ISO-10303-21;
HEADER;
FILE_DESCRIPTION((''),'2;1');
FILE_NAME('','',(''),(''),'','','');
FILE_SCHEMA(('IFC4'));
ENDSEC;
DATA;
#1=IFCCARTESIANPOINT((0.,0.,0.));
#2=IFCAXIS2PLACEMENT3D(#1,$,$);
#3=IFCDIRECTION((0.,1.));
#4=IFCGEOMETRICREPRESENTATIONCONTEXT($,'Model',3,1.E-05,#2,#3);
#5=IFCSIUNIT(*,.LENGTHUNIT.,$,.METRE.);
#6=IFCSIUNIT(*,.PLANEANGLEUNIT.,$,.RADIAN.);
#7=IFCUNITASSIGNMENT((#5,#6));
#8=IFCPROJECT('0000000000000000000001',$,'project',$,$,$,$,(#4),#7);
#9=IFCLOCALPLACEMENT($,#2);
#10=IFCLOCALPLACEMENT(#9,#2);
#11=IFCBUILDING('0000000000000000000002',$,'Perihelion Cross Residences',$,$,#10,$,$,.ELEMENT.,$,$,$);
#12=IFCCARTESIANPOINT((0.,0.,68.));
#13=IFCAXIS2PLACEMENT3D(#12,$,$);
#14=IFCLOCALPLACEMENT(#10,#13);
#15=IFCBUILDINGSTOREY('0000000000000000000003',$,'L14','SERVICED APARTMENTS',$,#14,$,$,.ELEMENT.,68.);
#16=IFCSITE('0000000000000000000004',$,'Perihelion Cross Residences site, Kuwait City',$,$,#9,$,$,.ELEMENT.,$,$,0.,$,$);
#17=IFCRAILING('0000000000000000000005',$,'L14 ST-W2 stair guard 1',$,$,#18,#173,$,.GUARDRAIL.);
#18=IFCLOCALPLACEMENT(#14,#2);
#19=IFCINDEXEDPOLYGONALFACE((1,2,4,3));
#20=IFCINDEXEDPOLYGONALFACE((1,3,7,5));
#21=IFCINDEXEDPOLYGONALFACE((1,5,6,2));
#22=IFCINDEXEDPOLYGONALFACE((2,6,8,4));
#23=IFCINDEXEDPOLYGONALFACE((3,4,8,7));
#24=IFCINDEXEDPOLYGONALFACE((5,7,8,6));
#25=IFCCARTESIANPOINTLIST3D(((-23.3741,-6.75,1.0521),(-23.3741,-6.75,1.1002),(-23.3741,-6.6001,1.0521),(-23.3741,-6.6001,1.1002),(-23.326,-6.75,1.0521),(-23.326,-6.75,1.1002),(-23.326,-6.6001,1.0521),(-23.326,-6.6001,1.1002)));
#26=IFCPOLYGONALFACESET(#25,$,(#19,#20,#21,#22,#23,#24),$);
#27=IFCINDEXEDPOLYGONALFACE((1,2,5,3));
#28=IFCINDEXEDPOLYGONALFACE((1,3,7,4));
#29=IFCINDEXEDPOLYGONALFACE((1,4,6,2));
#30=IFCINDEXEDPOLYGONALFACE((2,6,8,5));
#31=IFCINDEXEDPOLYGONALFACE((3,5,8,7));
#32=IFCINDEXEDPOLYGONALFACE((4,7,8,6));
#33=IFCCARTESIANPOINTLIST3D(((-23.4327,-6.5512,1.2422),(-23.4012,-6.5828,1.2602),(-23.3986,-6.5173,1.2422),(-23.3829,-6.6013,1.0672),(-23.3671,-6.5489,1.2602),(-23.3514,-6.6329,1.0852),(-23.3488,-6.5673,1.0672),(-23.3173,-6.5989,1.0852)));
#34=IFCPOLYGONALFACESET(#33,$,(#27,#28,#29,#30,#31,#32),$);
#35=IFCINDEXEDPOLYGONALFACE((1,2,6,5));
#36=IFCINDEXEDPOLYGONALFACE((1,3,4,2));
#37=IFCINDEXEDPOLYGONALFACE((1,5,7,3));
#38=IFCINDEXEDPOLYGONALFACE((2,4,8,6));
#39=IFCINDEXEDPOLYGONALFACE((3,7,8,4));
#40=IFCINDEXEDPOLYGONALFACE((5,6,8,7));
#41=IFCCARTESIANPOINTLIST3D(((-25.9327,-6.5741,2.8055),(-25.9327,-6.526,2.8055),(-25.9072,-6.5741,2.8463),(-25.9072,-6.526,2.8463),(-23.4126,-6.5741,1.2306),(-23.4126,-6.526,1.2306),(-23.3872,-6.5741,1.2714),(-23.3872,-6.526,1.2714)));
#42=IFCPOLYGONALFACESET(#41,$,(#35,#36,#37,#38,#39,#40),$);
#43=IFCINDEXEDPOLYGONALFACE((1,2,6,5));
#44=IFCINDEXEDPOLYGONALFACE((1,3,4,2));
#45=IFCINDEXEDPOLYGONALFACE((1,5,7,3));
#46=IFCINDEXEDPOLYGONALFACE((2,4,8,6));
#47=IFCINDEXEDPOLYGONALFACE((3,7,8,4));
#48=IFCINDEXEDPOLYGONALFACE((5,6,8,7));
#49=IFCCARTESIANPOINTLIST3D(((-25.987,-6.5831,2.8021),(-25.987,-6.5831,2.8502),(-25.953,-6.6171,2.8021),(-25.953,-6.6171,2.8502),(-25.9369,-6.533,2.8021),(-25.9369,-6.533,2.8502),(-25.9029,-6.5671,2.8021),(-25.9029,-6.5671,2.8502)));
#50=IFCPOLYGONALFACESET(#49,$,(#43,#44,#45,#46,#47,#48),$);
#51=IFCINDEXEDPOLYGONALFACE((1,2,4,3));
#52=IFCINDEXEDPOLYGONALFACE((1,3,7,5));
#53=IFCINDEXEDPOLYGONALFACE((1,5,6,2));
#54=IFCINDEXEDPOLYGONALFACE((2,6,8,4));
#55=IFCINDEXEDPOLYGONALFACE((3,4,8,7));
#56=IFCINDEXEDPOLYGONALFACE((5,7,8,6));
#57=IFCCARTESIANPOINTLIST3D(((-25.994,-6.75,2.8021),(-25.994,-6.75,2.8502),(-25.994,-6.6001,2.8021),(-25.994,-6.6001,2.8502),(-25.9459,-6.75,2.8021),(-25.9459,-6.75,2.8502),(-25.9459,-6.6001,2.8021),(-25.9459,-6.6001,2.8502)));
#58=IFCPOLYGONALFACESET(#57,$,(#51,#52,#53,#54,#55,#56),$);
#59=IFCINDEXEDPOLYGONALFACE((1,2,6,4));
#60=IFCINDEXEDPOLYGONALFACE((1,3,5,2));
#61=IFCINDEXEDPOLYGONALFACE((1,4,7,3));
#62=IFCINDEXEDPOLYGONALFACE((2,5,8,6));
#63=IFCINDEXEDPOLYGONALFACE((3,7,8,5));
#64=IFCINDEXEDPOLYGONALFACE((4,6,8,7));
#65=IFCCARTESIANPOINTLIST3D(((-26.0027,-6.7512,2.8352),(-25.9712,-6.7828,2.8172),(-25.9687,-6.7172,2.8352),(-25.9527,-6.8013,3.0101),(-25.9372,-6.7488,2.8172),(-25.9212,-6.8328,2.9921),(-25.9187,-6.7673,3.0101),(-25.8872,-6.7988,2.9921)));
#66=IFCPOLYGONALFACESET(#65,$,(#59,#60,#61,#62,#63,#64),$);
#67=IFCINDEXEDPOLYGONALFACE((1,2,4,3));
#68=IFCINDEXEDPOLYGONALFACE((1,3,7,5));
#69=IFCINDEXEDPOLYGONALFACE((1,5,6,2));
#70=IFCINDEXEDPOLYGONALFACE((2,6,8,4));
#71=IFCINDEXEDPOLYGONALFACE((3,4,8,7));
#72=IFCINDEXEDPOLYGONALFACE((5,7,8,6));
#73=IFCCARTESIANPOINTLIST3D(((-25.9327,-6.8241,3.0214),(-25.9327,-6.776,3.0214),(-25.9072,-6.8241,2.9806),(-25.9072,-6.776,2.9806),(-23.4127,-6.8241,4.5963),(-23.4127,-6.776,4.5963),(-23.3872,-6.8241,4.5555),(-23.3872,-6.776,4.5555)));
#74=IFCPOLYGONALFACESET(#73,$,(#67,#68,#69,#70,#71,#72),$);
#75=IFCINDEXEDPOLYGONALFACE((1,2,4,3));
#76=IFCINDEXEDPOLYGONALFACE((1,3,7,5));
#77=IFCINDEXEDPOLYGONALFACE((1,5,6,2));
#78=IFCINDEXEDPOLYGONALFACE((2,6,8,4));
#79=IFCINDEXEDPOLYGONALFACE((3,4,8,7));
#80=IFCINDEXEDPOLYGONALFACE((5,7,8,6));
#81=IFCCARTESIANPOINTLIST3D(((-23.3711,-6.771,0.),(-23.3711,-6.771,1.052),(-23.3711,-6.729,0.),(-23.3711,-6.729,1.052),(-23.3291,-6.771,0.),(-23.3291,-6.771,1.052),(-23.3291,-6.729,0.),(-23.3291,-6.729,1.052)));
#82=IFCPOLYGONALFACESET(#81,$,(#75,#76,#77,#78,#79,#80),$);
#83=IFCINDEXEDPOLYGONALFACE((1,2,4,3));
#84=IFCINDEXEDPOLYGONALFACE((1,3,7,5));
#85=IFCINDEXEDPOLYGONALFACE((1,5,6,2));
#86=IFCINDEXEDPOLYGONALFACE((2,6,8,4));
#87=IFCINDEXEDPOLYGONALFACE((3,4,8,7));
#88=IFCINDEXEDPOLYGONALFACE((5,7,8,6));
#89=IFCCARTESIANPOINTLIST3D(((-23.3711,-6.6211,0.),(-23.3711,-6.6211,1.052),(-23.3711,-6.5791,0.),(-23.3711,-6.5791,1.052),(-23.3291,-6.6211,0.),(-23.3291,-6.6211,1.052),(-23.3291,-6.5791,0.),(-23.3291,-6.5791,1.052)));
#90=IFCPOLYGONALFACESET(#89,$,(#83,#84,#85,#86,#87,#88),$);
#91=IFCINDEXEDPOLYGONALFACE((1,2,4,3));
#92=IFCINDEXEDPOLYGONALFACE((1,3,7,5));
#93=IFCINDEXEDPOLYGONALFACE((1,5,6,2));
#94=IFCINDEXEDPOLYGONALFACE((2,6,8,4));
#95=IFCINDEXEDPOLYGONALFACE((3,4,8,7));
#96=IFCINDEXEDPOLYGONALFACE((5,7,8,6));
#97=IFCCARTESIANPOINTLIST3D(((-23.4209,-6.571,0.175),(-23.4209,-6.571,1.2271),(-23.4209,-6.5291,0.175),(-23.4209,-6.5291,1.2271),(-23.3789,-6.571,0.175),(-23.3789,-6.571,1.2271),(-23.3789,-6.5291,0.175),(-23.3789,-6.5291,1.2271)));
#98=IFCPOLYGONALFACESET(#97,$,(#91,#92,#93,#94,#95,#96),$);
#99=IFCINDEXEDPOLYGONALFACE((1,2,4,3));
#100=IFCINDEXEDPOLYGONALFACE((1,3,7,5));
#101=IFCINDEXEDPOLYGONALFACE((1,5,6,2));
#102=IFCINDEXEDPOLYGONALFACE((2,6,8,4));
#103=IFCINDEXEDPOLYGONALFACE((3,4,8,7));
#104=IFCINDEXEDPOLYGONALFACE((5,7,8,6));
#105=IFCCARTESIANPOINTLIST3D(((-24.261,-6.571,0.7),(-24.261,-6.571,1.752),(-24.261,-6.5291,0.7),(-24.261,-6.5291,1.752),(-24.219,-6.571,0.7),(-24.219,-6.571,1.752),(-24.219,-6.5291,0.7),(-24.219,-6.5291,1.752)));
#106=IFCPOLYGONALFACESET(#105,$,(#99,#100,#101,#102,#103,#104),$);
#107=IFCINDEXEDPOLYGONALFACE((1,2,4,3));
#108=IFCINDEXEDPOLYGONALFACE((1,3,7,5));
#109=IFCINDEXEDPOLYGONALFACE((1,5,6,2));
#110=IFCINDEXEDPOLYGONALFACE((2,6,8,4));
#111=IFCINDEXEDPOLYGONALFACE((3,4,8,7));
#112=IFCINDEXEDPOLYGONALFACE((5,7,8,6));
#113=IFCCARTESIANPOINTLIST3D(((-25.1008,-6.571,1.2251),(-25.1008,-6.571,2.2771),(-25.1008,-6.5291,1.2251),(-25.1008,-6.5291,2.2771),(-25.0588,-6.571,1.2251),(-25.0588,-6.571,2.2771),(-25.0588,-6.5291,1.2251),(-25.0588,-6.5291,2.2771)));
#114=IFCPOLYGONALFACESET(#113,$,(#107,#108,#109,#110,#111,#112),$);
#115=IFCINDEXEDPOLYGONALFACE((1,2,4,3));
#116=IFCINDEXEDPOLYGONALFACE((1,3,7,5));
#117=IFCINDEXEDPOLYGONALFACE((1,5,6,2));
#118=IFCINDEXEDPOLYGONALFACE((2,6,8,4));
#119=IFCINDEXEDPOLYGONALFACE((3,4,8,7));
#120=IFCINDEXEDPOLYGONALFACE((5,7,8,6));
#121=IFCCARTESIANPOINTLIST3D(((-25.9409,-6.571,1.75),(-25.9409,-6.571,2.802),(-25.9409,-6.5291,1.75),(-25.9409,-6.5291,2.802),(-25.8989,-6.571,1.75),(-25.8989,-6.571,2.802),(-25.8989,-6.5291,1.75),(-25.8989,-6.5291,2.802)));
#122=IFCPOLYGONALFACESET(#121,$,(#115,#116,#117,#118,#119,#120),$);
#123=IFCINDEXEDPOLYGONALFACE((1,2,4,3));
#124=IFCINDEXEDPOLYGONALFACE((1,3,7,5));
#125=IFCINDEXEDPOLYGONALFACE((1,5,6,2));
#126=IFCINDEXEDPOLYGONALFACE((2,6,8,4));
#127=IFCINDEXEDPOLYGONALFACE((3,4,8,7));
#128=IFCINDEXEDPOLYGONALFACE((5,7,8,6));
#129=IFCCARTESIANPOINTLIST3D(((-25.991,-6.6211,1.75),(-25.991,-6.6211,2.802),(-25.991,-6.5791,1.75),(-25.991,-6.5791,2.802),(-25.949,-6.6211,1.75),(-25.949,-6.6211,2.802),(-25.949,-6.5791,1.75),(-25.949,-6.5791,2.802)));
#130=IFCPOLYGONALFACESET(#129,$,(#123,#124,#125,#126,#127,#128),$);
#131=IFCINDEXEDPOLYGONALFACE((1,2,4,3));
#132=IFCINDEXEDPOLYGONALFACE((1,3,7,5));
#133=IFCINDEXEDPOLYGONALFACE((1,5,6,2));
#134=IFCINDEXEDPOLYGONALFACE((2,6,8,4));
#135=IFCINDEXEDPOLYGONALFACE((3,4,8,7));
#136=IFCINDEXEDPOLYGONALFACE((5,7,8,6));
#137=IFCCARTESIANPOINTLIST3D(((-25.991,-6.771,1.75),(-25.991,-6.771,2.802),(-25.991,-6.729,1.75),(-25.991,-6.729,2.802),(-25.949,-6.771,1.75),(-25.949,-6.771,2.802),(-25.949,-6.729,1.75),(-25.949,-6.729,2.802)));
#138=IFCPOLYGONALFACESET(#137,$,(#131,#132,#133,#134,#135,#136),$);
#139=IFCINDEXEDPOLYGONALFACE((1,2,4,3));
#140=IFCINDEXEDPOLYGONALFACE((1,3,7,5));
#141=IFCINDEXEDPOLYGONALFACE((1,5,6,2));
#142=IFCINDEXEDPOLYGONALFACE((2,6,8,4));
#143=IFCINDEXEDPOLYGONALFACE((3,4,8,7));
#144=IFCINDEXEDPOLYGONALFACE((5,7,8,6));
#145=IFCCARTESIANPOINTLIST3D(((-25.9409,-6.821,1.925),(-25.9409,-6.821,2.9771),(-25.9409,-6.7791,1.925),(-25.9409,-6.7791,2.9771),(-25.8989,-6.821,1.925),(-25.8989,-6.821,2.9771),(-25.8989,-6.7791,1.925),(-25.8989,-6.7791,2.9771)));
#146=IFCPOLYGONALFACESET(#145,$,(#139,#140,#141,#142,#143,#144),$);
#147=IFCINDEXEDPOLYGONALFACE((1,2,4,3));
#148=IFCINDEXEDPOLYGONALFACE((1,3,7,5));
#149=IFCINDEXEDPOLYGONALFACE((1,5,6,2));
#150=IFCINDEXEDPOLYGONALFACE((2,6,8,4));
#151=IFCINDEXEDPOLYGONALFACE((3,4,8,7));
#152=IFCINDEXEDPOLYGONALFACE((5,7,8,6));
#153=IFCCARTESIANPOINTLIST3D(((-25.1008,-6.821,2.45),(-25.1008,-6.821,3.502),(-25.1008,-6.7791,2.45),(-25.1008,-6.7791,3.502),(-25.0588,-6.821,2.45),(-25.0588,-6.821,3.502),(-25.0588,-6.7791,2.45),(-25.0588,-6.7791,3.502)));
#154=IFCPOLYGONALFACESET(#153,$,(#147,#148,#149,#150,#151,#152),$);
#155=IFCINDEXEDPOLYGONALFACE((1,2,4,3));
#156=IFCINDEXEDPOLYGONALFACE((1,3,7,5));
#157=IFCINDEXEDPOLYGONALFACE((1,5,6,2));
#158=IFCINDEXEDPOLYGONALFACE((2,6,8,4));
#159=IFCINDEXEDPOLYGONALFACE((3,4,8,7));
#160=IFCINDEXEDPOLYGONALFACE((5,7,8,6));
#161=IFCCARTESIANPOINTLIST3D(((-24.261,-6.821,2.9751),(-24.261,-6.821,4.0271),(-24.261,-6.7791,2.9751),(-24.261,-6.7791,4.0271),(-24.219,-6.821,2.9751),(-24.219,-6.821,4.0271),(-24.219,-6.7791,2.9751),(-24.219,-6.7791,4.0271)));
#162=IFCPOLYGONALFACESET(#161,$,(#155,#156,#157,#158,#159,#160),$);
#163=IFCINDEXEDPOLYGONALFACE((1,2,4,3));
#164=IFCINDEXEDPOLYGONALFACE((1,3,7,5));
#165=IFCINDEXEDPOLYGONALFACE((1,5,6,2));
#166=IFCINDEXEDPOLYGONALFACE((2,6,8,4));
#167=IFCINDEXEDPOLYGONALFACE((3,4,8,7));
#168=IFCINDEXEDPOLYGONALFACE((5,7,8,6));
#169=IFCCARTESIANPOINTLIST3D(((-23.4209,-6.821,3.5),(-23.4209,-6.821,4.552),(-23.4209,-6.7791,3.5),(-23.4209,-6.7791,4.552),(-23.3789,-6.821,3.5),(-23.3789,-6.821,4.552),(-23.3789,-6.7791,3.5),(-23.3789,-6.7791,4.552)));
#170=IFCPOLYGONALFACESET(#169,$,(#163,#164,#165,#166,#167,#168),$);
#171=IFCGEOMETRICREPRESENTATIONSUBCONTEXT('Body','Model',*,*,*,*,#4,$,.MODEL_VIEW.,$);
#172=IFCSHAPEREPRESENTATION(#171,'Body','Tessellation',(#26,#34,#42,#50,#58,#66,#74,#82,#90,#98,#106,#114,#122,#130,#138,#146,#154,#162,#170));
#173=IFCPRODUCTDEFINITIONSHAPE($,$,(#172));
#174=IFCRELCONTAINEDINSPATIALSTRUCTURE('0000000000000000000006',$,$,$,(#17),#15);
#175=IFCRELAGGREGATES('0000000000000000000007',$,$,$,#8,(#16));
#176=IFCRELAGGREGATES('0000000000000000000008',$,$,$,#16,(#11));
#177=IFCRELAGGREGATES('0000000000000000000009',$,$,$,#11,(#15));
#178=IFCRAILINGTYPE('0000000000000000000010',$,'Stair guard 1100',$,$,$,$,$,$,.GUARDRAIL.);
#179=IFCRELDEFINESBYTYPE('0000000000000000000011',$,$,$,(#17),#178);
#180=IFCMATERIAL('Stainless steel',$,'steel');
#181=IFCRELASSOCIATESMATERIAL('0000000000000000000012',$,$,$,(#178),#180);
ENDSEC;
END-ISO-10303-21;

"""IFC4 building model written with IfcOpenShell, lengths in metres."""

from ifc_helpers import new_model, si_unit, direction, frame, origin, origin_2d, place, context, subcontext, project, spatial, rectangle, extrude, material, type_object, element, save


model = new_model("IFC4")

# Units and contexts
model_context = context("Model", 3, precision=1e-05, world=origin(), true_north=direction((0.0, 1.0)))
body_context = subcontext(model_context, "Body", "Model", "MODEL_VIEW")
ifc_project = project(units=[si_unit("LENGTHUNIT", "METRE"), si_unit("PLANEANGLEUNIT", "RADIAN")], contexts=[model_context])

# Site, building, storey
site_placement = place(None, origin())
site = spatial("IfcSite", under=ifc_project, at=site_placement, Name="Perihelion Cross Residences site, Kuwait City", CompositionType="ELEMENT", RefElevation=0.0)
building_placement = place(site_placement, origin())
building = spatial("IfcBuilding", under=site, at=building_placement, Name="Perihelion Cross Residences", CompositionType="ELEMENT")
storey_placement = place(building_placement, frame((0.0, 0.0, 68.0)))
storey = spatial("IfcBuildingStorey", under=building, at=storey_placement, Name="L14", Description="SERVICED APARTMENTS", CompositionType="ELEMENT", Elevation=68.0)

# Railing
ifc_material_1 = material(Name="Stainless steel", Category="steel")
railing_type_1 = type_object("IfcRailingType", Name="Stair guard 1100", PredefinedType="GUARDRAIL", material=ifc_material_1)
railing_1_placement = place(storey_placement, frame((-23.3501, -6.75, 0.0)))
element("IfcRailing", 1, at=railing_1_placement, inside=storey, type_object=railing_type_1, Name="L14 ST-W2 stair guard 1", PredefinedType="GUARDRAIL", context=body_context, shape_type="SweptSolid", body=[
    extrude(rectangle(XDim=0.0481, YDim=0.0481, at=origin_2d()), frame((0.0, 0.0, 1.0762), z_axis=(0.0, 1.0, 0.0), x_axis=(-1.0, 0.0, 0.0)), (0.0, 0.0, 1.0), 0.1499),
    extrude(rectangle(XDim=0.0481, YDim=0.0481, at=origin_2d()), frame((0.0, 0.1499, 1.0762), z_axis=(-0.263862, 0.265156, 0.927399), x_axis=(-0.708834, -0.705376, 0.0)), (0.0, 0.0, 1.0), 0.1887),
    extrude(rectangle(XDim=0.0481, YDim=0.0481, at=origin_2d()), frame((-0.0498, 0.2, 1.251), z_axis=(-0.848008, 0.0, 0.529984), x_axis=(0.0, -1.0, 0.0)), (0.0, 0.0, 1.0), 2.9717),
    extrude(rectangle(XDim=0.0481, YDim=0.0481, at=origin_2d()), frame((-2.5698, 0.2, 2.8262), z_axis=(-0.707107, -0.707107, 0.0), x_axis=(0.707107, -0.707107, 0.0)), (0.0, 0.0, 1.0), 0.0708),
    extrude(rectangle(XDim=0.0481, YDim=0.0481, at=origin_2d()), frame((-2.6199, 0.1499, 2.8262), z_axis=(0.0, -1.0, 0.0), x_axis=(1.0, 0.0, 0.0)), (0.0, 0.0, 1.0), 0.1499),
    extrude(rectangle(XDim=0.0481, YDim=0.0481, at=origin_2d()), frame((-2.6199, 0.0, 2.8262), z_axis=(0.265065, -0.265065, 0.927082), x_axis=(0.707107, 0.707107, 0.0)), (0.0, 0.0, 1.0), 0.1887),
    extrude(rectangle(XDim=0.0481, YDim=0.0481, at=origin_2d()), frame((-2.5698, -0.05, 3.001), z_axis=(0.848008, 0.0, 0.529984), x_axis=(0.0, 1.0, 0.0)), (0.0, 0.0, 1.0), 2.9717),
    extrude(rectangle(XDim=0.042, YDim=0.042, at=origin_2d()), origin(), (0.0, 0.0, 1.0), 1.052),
    extrude(rectangle(XDim=0.042, YDim=0.042, at=origin_2d()), frame((0.0, 0.1499, 0.0)), (0.0, 0.0, 1.0), 1.052),
    extrude(rectangle(XDim=0.042, YDim=0.042, at=origin_2d()), frame((-0.0498, 0.2, 0.175)), (0.0, 0.0, 1.0), 1.052),
    extrude(rectangle(XDim=0.042, YDim=0.042, at=origin_2d()), frame((-0.8899, 0.2, 0.7)), (0.0, 0.0, 1.0), 1.052),
    extrude(rectangle(XDim=0.042, YDim=0.042, at=origin_2d()), frame((-1.7297, 0.2, 1.2251)), (0.0, 0.0, 1.0), 1.052),
    extrude(rectangle(XDim=0.042, YDim=0.042, at=origin_2d()), frame((-2.5698, 0.2, 1.75)), (0.0, 0.0, 1.0), 1.052),
    extrude(rectangle(XDim=0.042, YDim=0.042, at=origin_2d()), frame((-2.6199, 0.1499, 1.75)), (0.0, 0.0, 1.0), 1.052),
    extrude(rectangle(XDim=0.042, YDim=0.042, at=origin_2d()), frame((-2.6199, 0.0, 1.75)), (0.0, 0.0, 1.0), 1.052),
    extrude(rectangle(XDim=0.042, YDim=0.042, at=origin_2d()), frame((-2.5698, -0.05, 1.925)), (0.0, 0.0, 1.0), 1.052),
    extrude(rectangle(XDim=0.042, YDim=0.042, at=origin_2d()), frame((-1.7297, -0.05, 2.45)), (0.0, 0.0, 1.0), 1.052),
    extrude(rectangle(XDim=0.042, YDim=0.042, at=origin_2d()), frame((-0.8899, -0.05, 2.9751)), (0.0, 0.0, 1.0), 1.052),
    extrude(rectangle(XDim=0.042, YDim=0.042, at=origin_2d()), frame((-0.0498, -0.05, 3.5)), (0.0, 0.0, 1.0), 1.052),
])

save(model, "model.ifc")
